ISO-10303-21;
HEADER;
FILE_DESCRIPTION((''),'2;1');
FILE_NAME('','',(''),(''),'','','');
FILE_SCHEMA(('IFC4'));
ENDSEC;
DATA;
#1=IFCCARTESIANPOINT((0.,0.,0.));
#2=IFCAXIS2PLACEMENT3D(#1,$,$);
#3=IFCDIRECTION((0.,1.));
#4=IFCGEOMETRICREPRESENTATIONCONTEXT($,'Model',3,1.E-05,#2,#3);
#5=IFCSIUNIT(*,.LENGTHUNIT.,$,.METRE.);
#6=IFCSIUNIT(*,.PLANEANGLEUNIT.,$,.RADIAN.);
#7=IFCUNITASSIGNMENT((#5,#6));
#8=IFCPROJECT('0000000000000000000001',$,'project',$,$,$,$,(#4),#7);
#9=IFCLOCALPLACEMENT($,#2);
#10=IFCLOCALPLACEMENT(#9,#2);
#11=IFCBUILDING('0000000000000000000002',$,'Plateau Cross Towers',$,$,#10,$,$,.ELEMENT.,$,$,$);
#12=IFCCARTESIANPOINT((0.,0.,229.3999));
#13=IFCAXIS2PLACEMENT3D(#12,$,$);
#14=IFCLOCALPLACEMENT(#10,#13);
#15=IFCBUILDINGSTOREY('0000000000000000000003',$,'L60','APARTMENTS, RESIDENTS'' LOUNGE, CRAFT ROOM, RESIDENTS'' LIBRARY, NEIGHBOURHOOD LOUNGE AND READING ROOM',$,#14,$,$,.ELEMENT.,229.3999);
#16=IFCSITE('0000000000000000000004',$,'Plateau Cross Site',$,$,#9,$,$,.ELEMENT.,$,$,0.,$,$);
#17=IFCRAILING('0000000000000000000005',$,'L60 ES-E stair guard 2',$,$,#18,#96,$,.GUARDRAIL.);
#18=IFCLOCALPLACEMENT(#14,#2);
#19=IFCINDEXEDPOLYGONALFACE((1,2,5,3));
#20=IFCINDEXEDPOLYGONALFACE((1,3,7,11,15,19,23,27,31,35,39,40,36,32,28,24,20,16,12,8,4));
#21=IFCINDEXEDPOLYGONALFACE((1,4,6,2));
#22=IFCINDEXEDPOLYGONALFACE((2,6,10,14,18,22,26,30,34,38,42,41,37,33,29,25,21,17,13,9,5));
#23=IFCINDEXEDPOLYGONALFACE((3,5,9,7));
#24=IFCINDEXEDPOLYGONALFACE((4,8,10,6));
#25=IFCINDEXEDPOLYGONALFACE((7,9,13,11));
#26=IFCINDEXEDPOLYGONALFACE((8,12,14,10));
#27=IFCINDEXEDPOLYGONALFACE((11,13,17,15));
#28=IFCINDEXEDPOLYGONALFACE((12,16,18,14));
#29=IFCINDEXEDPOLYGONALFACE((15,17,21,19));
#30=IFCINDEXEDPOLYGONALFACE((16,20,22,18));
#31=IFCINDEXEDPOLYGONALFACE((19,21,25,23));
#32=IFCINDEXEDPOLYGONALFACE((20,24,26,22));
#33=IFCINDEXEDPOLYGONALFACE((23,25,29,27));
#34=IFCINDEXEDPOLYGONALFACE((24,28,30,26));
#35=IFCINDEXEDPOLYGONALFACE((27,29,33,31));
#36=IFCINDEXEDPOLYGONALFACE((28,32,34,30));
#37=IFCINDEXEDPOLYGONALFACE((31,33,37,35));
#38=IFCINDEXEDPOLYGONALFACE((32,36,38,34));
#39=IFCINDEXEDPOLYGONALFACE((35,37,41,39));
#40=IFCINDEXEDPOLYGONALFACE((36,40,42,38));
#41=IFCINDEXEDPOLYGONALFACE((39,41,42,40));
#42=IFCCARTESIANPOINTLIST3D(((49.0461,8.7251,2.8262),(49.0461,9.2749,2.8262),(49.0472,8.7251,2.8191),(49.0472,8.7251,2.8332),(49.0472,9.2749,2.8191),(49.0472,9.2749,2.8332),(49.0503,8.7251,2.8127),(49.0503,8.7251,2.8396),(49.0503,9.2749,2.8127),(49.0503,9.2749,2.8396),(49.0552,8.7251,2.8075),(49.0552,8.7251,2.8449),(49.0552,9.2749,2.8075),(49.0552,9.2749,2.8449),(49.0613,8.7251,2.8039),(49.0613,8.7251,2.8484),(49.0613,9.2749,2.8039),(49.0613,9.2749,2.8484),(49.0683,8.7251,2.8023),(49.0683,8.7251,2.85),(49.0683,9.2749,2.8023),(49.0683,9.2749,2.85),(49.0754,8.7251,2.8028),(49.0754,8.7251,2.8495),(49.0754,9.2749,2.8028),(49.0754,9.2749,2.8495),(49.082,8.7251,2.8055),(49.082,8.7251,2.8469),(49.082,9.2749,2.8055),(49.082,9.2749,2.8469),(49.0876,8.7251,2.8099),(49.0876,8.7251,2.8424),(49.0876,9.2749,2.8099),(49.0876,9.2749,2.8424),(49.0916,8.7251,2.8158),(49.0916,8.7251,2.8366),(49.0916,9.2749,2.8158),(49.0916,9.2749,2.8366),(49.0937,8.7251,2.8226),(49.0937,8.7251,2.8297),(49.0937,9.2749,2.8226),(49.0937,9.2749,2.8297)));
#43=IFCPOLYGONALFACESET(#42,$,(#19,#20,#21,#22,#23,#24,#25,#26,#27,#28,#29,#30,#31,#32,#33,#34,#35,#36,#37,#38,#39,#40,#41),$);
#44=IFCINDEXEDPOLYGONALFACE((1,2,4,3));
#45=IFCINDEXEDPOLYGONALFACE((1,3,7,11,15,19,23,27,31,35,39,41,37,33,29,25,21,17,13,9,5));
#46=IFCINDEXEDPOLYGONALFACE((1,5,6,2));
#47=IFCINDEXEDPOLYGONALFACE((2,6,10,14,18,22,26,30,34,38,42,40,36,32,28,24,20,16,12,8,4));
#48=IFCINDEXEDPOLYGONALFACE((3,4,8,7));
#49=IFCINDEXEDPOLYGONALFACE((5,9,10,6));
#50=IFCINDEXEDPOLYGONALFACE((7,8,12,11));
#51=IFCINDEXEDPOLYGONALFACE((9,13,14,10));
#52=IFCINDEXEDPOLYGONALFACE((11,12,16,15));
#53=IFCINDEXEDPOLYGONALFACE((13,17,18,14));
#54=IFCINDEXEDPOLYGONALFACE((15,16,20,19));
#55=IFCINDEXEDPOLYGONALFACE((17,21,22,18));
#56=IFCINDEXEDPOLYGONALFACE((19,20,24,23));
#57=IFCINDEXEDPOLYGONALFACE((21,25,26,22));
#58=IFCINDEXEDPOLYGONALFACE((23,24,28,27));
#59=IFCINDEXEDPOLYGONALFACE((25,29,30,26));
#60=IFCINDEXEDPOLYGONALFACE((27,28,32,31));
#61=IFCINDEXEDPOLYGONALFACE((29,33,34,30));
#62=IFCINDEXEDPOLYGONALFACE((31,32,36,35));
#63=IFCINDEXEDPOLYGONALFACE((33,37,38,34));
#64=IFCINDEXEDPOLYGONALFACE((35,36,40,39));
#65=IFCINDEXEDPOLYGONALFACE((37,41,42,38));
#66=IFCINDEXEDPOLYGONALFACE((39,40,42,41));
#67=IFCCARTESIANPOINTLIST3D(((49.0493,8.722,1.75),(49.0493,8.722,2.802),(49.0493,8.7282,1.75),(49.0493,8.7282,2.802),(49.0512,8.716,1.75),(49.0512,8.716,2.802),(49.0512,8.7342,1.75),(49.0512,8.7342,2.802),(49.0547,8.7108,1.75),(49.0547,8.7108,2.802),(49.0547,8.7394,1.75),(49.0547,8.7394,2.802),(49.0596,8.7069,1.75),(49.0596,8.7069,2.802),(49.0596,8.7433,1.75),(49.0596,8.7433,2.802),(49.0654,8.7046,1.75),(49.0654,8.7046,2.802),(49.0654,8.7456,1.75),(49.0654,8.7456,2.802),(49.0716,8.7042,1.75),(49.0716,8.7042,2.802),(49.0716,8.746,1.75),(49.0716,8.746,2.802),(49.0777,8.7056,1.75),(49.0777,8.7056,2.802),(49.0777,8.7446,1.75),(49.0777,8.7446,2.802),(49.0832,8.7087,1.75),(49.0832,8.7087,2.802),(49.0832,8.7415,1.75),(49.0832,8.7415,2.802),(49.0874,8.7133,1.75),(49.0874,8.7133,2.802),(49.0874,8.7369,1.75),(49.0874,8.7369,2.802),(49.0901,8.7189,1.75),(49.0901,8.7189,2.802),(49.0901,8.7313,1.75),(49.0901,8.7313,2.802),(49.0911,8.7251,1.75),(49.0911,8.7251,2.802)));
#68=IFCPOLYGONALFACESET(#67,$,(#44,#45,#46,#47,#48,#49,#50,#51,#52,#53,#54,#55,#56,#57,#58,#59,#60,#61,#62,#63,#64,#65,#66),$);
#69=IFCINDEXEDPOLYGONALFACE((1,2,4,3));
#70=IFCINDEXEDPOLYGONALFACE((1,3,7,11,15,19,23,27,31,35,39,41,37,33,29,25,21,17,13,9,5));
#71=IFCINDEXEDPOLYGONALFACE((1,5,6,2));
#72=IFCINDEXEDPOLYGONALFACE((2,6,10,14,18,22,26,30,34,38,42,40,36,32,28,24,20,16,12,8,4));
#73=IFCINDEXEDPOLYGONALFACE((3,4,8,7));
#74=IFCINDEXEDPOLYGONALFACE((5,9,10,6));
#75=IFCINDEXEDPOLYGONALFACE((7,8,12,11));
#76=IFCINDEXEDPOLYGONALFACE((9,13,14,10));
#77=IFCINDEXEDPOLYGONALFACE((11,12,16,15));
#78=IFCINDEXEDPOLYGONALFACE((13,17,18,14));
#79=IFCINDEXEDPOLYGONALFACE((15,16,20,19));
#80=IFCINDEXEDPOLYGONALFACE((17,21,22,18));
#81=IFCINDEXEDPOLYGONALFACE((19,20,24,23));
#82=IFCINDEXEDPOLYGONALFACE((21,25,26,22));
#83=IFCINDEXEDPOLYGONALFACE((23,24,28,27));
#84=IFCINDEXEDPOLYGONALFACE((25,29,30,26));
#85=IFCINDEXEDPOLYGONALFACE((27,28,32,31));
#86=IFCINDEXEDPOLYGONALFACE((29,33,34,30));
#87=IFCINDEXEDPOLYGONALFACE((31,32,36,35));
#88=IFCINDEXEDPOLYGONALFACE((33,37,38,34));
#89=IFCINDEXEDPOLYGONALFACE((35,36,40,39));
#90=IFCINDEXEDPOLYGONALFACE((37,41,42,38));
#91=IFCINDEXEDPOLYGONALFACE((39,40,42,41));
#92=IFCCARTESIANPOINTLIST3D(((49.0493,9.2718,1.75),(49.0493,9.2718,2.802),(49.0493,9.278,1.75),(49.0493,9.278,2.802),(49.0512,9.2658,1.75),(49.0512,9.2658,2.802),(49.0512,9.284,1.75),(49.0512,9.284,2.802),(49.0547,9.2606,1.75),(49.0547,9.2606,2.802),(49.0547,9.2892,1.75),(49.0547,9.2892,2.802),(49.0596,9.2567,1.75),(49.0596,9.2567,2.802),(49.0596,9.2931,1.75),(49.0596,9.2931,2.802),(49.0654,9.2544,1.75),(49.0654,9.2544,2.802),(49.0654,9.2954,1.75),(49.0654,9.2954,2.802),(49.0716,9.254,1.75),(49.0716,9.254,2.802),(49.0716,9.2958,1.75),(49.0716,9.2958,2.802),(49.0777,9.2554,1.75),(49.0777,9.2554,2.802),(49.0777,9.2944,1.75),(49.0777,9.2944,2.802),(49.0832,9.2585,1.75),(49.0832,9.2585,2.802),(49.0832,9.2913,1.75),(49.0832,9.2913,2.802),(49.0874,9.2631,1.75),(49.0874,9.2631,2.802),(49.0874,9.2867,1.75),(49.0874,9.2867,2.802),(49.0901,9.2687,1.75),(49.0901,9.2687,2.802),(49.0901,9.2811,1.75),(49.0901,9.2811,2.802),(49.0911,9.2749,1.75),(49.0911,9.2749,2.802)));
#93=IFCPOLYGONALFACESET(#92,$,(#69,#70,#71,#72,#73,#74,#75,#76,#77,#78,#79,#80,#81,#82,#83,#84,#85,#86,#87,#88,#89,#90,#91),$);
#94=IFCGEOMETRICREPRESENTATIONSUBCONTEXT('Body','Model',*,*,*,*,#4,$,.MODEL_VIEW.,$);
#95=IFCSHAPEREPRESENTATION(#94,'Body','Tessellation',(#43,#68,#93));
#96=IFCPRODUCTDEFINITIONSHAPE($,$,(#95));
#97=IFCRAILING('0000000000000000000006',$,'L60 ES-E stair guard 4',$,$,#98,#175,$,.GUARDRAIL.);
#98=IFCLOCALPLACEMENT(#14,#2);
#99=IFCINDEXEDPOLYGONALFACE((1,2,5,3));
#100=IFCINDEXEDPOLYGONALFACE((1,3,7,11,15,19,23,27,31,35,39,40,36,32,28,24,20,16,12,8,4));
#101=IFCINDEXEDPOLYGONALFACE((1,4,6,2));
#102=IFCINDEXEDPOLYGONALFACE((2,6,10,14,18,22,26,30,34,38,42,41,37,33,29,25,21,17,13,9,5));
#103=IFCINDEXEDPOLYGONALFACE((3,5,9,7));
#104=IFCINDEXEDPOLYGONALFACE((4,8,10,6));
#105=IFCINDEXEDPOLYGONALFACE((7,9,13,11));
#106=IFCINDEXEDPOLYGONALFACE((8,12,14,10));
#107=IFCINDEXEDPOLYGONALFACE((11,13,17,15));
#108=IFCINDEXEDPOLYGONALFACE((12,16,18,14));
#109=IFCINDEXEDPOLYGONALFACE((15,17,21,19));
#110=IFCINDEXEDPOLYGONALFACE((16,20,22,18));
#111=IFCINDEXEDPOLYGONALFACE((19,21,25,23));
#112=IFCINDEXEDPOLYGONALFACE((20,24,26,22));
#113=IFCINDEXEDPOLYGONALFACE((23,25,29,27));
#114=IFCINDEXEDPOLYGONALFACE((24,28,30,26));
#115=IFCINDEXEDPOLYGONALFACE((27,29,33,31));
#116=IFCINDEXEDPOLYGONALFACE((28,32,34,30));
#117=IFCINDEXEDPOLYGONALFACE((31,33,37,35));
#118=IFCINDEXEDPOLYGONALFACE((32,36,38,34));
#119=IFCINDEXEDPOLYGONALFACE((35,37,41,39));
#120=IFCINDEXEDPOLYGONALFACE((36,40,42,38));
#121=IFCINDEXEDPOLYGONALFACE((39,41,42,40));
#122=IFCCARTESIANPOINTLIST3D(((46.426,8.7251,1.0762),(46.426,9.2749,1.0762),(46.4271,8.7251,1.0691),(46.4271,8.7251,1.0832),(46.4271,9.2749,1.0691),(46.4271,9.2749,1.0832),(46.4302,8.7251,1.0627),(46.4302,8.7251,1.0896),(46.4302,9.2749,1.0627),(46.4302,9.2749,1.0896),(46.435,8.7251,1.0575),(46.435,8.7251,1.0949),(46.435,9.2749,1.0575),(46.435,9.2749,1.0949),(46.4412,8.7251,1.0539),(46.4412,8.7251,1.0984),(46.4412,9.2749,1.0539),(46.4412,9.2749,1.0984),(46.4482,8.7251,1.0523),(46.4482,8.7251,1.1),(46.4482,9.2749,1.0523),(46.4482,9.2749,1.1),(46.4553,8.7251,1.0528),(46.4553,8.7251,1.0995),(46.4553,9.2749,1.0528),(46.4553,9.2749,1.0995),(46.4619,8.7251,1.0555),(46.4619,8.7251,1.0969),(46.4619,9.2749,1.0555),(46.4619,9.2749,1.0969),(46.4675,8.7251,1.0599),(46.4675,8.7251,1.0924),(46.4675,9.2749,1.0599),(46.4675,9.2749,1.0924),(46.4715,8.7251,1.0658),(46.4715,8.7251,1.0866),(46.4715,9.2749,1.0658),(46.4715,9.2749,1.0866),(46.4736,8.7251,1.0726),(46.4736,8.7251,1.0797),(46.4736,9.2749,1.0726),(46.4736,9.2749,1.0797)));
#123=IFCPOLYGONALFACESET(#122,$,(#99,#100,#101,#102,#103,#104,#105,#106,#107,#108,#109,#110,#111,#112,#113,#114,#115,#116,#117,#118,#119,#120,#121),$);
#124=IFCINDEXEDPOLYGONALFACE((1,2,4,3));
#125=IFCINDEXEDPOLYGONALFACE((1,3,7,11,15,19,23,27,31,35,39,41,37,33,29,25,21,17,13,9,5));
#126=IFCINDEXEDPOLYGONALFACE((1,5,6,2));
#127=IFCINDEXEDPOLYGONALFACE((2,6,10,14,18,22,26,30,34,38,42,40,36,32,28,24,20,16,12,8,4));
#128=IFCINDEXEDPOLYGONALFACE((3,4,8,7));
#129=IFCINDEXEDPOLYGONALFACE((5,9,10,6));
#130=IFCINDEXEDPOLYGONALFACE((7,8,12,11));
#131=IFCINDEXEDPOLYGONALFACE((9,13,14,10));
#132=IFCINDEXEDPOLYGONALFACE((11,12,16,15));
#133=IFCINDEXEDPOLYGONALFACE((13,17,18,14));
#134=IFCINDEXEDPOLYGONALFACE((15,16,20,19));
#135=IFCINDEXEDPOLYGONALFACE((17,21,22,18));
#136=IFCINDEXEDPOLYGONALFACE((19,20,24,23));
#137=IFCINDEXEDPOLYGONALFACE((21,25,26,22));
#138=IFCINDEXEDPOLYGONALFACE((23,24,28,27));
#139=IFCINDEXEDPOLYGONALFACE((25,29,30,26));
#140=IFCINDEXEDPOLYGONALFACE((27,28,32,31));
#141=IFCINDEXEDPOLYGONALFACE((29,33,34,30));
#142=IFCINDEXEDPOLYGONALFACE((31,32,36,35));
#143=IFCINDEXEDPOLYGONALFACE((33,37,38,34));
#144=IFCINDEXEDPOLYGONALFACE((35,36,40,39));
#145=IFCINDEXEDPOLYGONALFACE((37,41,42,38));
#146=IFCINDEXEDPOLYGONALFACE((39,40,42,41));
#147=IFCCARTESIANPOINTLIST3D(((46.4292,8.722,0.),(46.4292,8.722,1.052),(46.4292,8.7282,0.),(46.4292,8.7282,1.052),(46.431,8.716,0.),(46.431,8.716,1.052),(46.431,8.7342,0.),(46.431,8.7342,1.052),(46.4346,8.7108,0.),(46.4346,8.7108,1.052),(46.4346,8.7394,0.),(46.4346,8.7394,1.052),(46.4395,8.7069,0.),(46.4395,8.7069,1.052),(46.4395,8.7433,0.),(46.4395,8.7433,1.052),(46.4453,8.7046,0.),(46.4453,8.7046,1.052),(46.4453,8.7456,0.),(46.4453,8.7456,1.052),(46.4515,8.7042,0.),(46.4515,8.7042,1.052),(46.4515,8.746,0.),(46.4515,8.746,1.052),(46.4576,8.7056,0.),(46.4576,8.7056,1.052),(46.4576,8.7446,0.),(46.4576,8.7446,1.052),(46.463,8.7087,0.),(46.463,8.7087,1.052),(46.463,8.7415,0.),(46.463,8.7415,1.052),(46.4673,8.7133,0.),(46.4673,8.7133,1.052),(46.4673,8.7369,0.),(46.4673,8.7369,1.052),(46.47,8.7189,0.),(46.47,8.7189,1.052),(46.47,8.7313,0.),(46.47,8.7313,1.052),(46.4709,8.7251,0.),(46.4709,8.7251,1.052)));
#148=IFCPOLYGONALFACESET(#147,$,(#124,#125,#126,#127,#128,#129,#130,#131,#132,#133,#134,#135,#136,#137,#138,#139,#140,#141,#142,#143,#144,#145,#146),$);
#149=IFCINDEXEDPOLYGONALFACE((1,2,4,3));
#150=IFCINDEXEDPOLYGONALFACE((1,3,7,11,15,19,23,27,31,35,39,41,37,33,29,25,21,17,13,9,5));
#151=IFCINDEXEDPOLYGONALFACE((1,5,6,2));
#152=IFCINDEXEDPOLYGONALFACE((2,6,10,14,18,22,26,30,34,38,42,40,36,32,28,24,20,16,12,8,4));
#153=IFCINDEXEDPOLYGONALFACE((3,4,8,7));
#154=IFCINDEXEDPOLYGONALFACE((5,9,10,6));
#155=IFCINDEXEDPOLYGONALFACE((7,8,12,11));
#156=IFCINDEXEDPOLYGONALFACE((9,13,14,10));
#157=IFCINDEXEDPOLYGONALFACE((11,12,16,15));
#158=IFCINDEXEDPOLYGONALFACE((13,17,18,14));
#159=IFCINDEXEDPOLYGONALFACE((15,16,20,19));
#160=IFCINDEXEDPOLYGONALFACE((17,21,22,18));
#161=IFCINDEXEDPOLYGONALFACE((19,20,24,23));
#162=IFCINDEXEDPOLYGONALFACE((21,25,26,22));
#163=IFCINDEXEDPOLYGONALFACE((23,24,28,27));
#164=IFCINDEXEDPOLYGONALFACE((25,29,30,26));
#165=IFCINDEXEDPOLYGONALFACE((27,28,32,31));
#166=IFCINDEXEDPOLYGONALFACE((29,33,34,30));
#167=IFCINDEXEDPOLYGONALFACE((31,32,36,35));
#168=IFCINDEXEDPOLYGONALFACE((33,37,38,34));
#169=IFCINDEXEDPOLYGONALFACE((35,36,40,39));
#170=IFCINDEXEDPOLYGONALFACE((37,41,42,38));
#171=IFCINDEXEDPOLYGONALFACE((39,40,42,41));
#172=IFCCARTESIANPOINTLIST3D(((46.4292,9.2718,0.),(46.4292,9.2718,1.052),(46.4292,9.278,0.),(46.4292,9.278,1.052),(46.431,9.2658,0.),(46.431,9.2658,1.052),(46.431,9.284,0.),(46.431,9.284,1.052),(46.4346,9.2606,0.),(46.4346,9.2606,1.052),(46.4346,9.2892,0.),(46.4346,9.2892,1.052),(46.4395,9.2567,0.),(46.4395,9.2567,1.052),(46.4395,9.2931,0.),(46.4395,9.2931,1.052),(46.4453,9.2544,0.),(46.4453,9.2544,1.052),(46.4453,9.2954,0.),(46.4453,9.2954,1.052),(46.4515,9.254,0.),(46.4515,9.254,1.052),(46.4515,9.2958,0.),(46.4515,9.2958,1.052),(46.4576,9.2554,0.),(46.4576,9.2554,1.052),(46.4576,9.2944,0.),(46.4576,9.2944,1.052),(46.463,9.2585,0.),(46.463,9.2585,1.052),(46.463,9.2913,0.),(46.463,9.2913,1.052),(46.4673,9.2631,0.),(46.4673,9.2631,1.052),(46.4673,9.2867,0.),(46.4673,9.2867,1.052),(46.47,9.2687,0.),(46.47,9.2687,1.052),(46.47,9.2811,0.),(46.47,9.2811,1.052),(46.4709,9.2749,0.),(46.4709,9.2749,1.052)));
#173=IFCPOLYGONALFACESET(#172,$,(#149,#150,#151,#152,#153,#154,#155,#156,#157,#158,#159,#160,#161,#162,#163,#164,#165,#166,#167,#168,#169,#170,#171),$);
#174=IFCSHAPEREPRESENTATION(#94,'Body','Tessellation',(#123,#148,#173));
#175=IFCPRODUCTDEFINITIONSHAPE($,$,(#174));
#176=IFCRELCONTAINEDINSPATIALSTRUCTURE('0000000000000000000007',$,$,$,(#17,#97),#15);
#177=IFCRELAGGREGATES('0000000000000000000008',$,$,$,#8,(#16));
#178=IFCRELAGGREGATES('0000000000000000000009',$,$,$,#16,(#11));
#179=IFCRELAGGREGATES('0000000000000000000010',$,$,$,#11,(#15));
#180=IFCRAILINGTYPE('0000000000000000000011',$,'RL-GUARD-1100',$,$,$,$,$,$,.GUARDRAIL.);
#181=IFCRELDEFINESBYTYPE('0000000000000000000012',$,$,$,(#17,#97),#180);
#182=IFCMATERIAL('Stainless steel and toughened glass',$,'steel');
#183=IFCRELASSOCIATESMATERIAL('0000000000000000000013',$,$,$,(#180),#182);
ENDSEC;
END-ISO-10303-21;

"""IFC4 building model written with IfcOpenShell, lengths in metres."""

from ifc_helpers import new_model, si_unit, direction, frame, origin, origin_2d, place, context, subcontext, project, spatial, circle, extrude, material, type_object, element, save


model = new_model("IFC4")

# Units and contexts
model_context = context("Model", 3, precision=1e-05, world=origin(), true_north=direction((0.0, 1.0)))
body_context = subcontext(model_context, "Body", "Model", "MODEL_VIEW")
ifc_project = project(units=[si_unit("LENGTHUNIT", "METRE"), si_unit("PLANEANGLEUNIT", "RADIAN")], contexts=[model_context])

# Site, building, storey
site_placement = place(None, origin())
site = spatial("IfcSite", under=ifc_project, at=site_placement, Name="Plateau Cross Site", CompositionType="ELEMENT", RefElevation=0.0)
building_placement = place(site_placement, origin())
building = spatial("IfcBuilding", under=site, at=building_placement, Name="Plateau Cross Towers", CompositionType="ELEMENT")
storey_placement = place(building_placement, frame((0.0, 0.0, 229.3999)))
storey = spatial("IfcBuildingStorey", under=building, at=storey_placement, Name="L60", Description="APARTMENTS, RESIDENTS' LOUNGE, CRAFT ROOM, RESIDENTS' LIBRARY, NEIGHBOURHOOD LOUNGE AND READING ROOM", CompositionType="ELEMENT", Elevation=229.3999)

# Railings
ifc_material_1 = material(Name="Stainless steel and toughened glass", Category="steel")
railing_type_1 = type_object("IfcRailingType", Name="RL-GUARD-1100", PredefinedType="GUARDRAIL", material=ifc_material_1)
for number, where, name in (
    (1, (49.0701, 8.7251, 1.75), "L60 ES-E stair guard 2"),
    (2, (46.45, 8.7251, 0.0), "L60 ES-E stair guard 4"),
):
    element("IfcRailing", number, at=place(storey_placement, frame(where)), inside=storey, type_object=railing_type_1, Name=name, PredefinedType="GUARDRAIL", context=body_context, shape_type="SweptSolid", body=[
        extrude(circle(Radius=0.0239, at=origin_2d()), frame((0.0, 0.0, 1.0762), z_axis=(0.0, 1.0, 0.0), x_axis=(-1.0, 0.0, 0.0)), (0.0, 0.0, 1.0), 0.5498),
        extrude(circle(Radius=0.021, at=origin_2d()), origin(), (0.0, 0.0, 1.0), 1.052),
        extrude(circle(Radius=0.021, at=origin_2d()), frame((0.0, 0.5498, 0.0)), (0.0, 0.0, 1.0), 1.052),
    ])

save(model, "model.ifc")
